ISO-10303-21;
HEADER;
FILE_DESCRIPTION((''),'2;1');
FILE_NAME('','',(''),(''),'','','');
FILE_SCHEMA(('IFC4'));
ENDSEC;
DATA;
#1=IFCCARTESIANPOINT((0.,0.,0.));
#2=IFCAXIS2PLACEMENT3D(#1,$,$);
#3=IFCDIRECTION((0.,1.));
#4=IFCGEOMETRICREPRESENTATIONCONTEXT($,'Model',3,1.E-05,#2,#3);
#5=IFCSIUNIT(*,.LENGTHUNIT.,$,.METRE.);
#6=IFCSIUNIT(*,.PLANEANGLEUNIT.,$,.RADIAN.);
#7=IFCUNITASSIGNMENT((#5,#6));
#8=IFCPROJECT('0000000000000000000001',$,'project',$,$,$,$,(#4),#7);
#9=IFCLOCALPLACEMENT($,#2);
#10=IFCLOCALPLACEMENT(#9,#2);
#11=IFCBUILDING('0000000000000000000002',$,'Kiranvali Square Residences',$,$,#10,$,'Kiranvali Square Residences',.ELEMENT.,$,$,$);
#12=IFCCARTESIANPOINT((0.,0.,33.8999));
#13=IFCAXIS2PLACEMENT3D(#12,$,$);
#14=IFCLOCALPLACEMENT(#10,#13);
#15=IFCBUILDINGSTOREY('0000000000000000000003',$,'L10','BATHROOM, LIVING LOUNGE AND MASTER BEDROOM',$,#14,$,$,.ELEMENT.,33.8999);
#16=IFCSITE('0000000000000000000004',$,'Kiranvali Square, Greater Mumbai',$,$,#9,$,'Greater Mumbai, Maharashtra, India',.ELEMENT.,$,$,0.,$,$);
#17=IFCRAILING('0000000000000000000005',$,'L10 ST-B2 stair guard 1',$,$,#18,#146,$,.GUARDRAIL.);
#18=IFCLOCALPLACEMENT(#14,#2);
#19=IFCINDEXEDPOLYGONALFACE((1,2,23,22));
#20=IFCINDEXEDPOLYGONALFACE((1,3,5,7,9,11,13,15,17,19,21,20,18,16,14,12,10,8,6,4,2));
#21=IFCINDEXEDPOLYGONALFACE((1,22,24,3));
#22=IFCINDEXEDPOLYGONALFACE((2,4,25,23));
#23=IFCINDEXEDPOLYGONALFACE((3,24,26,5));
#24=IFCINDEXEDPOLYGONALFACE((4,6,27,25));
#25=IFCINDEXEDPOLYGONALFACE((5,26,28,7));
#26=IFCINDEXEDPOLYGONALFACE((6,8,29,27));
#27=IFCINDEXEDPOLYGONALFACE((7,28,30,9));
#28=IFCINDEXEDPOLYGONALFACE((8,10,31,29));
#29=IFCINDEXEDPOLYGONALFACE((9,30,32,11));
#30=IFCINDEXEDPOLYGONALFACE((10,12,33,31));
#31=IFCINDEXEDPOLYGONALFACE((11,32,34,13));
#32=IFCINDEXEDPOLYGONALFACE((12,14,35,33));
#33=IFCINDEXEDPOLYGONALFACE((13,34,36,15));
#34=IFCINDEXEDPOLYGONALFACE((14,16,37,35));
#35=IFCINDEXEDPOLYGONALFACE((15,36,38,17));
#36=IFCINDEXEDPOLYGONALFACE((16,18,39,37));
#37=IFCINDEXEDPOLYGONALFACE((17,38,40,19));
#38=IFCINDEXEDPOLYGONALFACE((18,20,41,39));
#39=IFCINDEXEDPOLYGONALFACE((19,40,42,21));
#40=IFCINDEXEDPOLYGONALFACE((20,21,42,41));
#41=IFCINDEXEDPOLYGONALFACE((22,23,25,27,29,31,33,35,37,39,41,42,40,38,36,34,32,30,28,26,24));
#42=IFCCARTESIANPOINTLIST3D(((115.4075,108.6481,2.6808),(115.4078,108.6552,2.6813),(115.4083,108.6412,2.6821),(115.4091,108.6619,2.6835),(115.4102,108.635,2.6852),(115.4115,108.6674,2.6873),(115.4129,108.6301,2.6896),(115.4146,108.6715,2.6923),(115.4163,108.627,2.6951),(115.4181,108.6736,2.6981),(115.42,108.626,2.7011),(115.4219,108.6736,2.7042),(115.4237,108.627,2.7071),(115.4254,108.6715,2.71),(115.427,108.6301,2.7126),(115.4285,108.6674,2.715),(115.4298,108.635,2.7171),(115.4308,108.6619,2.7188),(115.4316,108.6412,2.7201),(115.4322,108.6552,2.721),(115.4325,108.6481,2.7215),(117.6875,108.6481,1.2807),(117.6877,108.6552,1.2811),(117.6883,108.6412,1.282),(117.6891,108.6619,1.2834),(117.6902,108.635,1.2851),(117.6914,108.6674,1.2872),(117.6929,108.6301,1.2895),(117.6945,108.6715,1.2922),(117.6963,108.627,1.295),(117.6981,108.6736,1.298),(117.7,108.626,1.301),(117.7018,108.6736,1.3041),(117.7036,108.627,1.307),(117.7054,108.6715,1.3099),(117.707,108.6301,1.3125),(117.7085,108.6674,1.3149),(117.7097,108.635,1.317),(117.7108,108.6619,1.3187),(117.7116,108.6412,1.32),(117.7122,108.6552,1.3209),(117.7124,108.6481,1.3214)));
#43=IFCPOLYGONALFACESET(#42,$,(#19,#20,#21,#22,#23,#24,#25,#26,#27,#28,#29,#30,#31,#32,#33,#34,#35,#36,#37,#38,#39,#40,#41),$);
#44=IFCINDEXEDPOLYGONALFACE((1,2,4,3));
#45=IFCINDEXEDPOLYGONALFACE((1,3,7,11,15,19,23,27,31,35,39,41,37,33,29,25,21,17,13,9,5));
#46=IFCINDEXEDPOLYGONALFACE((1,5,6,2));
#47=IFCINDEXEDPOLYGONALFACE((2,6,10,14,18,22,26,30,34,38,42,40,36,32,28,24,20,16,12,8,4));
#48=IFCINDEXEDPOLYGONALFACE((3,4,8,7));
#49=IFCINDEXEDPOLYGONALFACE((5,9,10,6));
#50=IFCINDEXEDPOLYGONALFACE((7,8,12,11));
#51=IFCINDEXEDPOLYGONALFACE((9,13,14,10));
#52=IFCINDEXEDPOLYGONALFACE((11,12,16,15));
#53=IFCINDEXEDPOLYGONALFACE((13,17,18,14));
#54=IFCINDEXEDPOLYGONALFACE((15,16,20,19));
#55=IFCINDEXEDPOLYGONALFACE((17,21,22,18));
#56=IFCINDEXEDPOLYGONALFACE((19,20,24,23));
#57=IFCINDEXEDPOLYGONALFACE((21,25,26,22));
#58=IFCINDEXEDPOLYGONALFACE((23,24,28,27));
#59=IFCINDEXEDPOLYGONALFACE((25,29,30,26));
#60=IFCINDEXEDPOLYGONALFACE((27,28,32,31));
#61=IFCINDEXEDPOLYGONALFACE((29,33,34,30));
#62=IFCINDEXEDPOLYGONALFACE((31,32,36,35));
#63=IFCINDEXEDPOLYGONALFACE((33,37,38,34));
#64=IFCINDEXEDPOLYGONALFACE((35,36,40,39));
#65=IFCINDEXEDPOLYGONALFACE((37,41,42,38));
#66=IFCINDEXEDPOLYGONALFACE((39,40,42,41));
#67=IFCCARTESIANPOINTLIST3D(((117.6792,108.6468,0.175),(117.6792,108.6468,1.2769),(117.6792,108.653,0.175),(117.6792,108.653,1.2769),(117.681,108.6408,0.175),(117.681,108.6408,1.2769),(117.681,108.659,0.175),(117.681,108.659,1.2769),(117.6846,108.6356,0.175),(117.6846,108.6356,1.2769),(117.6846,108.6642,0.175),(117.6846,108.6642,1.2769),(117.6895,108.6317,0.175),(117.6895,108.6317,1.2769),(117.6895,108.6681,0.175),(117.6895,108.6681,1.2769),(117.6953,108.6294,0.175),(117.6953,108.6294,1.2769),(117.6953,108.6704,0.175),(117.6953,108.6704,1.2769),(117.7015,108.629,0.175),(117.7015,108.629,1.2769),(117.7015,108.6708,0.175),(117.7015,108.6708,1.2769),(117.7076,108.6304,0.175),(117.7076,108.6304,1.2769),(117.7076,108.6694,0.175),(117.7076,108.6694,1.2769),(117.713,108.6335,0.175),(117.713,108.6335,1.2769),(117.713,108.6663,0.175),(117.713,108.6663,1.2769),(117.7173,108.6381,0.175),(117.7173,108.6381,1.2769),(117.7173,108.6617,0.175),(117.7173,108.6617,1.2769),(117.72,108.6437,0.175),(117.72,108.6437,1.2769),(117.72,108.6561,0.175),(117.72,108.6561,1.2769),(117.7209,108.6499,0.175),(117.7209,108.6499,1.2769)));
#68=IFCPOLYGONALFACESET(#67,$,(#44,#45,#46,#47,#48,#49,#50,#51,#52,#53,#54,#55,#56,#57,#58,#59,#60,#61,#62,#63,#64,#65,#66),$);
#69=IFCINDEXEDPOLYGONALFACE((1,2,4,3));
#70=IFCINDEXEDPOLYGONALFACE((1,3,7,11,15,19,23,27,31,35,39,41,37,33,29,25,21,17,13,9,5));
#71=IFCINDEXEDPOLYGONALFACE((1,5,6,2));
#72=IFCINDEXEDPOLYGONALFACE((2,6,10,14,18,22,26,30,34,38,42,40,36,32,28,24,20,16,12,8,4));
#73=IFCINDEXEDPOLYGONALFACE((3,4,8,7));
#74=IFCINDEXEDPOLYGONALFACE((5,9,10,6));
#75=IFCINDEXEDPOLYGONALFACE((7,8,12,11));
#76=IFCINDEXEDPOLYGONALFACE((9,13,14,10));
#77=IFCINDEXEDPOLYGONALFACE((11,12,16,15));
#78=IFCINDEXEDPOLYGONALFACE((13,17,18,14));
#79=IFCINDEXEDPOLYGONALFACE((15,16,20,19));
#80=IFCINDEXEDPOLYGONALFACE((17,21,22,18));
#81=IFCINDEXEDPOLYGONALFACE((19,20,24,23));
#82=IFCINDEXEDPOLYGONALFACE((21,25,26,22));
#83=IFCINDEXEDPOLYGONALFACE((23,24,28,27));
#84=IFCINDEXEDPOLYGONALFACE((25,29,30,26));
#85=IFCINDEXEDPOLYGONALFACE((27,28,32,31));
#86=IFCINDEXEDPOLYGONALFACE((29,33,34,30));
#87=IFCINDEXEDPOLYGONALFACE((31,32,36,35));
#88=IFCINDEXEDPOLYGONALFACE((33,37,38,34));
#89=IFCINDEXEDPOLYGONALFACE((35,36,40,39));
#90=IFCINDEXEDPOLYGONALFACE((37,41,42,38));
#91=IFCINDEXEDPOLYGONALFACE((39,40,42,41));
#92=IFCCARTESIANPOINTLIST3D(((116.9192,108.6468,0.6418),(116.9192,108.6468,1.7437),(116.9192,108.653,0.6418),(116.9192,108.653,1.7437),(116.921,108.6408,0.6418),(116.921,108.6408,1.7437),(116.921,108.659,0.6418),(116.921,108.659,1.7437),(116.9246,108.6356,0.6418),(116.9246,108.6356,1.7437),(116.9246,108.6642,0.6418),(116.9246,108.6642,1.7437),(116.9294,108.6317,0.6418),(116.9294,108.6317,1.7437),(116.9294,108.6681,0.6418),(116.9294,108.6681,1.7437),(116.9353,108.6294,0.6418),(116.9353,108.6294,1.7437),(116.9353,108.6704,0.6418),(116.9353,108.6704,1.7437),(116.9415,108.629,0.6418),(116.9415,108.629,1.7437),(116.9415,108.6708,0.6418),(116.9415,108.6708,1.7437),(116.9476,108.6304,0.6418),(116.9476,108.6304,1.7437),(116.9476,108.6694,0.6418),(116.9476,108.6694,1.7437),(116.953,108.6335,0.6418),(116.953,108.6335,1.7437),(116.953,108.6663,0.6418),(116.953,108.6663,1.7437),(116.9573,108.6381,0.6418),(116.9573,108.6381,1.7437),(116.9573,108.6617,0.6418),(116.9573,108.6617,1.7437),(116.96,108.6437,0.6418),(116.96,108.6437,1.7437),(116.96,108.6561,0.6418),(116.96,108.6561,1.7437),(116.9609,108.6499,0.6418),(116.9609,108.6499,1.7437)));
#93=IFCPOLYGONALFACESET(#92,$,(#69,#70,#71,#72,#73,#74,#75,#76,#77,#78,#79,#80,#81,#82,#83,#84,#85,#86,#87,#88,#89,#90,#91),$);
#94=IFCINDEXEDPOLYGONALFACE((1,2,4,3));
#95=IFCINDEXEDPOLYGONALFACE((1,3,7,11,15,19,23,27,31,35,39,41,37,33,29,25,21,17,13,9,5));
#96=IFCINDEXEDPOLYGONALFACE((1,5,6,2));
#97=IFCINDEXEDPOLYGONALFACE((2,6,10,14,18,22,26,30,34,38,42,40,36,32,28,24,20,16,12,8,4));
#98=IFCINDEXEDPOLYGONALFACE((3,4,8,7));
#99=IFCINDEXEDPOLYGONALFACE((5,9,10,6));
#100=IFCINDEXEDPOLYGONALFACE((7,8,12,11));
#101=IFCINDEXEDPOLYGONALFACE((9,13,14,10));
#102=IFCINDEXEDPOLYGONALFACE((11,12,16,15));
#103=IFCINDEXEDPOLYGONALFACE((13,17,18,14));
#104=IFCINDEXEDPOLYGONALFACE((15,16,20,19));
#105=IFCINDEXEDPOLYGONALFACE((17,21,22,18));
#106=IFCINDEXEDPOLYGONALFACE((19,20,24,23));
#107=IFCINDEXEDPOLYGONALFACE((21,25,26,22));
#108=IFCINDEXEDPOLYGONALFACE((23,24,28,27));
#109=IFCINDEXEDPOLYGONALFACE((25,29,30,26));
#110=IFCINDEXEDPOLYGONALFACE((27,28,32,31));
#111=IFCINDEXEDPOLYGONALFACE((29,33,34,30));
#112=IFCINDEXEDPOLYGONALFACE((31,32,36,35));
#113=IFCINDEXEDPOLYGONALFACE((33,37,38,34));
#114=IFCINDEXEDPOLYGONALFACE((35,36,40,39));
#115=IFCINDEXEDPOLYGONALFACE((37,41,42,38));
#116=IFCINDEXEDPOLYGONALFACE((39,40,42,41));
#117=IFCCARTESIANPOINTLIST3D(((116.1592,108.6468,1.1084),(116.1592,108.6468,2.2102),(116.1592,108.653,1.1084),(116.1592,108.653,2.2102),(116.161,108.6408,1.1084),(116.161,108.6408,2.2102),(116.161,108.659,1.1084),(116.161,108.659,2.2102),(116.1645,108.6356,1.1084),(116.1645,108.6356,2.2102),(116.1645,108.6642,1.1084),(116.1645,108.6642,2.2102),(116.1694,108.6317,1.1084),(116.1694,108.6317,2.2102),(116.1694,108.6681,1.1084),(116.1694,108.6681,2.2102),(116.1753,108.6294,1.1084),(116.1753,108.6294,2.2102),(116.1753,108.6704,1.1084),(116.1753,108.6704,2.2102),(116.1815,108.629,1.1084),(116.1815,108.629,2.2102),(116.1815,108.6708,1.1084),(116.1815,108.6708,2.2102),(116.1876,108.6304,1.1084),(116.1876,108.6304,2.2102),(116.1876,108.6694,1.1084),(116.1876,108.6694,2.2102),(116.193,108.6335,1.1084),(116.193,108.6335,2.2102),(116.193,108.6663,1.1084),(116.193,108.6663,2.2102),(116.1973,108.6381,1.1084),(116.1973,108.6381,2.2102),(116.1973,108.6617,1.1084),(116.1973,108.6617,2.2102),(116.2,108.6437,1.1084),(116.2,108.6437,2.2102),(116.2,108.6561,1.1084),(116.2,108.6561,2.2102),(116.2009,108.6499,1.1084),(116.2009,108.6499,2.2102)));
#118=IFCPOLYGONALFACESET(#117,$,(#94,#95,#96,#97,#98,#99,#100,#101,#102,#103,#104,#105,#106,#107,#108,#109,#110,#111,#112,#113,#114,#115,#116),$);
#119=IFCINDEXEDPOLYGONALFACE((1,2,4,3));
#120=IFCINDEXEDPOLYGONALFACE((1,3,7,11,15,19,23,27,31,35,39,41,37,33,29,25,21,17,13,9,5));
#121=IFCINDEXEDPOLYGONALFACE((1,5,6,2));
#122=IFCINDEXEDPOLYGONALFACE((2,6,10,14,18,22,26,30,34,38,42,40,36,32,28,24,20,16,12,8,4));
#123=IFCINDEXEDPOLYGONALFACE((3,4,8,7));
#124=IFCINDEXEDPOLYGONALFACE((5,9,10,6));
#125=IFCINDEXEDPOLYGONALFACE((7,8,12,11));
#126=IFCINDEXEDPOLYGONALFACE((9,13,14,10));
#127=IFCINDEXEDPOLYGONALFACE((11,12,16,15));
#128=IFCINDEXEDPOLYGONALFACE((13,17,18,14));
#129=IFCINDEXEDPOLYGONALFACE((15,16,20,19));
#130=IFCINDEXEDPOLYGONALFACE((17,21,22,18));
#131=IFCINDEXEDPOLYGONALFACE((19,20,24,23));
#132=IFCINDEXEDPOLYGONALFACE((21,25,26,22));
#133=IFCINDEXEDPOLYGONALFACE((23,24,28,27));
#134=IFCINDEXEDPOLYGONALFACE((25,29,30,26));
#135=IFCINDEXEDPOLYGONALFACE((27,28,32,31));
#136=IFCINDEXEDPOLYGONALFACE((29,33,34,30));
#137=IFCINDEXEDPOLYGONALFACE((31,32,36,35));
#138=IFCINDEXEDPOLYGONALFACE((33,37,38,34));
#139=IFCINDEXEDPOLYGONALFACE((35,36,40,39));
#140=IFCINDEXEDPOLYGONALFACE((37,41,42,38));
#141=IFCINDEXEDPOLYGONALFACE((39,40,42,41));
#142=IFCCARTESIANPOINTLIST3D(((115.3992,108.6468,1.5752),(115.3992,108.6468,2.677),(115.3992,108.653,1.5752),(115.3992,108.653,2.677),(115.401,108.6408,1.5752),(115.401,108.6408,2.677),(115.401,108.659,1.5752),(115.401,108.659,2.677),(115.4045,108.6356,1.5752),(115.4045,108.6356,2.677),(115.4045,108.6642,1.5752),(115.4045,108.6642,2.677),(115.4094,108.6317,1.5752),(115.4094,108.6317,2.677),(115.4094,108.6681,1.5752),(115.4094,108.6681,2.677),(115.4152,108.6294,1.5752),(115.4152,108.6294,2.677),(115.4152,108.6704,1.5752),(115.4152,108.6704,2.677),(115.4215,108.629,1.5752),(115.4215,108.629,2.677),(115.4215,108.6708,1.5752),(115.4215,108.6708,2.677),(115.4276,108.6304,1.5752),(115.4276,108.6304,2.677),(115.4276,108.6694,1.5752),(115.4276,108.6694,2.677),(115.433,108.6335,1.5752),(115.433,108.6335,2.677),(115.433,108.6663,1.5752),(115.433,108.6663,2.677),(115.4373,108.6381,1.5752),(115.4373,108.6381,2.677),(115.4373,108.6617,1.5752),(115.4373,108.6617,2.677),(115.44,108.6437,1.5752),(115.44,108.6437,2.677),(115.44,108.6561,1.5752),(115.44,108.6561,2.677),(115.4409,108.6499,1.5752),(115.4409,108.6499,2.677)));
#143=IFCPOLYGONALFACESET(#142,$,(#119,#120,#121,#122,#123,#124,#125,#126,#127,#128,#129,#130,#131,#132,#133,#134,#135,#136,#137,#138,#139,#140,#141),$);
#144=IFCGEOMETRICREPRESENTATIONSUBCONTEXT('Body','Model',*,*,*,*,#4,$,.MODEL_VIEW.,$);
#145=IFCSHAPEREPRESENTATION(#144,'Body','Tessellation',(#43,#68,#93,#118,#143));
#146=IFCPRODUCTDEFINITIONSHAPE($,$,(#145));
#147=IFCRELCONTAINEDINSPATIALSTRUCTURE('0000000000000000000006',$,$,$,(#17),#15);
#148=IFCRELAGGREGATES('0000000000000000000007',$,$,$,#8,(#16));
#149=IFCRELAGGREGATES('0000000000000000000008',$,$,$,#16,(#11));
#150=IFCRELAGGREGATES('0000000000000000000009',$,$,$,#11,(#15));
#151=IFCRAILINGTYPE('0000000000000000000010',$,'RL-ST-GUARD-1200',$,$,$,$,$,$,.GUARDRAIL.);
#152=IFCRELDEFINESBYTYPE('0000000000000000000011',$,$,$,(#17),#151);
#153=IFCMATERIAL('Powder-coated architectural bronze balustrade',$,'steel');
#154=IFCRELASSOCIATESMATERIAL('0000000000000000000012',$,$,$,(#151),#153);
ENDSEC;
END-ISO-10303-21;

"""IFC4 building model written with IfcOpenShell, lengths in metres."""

from ifc_helpers import new_model, si_unit, direction, frame, origin, origin_2d, place, context, subcontext, project, spatial, circle, extrude, material, type_object, element, save


model = new_model("IFC4")

# Units and contexts
model_context = context("Model", 3, precision=1e-05, world=origin(), true_north=direction((0.0, 1.0)))
body_context = subcontext(model_context, "Body", "Model", "MODEL_VIEW")
ifc_project = project(units=[si_unit("LENGTHUNIT", "METRE"), si_unit("PLANEANGLEUNIT", "RADIAN")], contexts=[model_context])

# Site, building, storey
site_placement = place(None, origin())
site = spatial("IfcSite", under=ifc_project, at=site_placement, Name="Kiranvali Square, Greater Mumbai", LongName="Greater Mumbai, Maharashtra, India", CompositionType="ELEMENT", RefElevation=0.0)
building_placement = place(site_placement, origin())
building = spatial("IfcBuilding", under=site, at=building_placement, Name="Kiranvali Square Residences", LongName="Kiranvali Square Residences", CompositionType="ELEMENT")
storey_placement = place(building_placement, frame((0.0, 0.0, 33.8999)))
storey = spatial("IfcBuildingStorey", under=building, at=storey_placement, Name="L10", Description="BATHROOM, LIVING LOUNGE AND MASTER BEDROOM", CompositionType="ELEMENT", Elevation=33.8999)

# Railing
ifc_material_1 = material(Name="Powder-coated architectural bronze balustrade", Category="steel")
railing_type_1 = type_object("IfcRailingType", Name="RL-ST-GUARD-1200", PredefinedType="GUARDRAIL", material=ifc_material_1)
railing_1_placement = place(storey_placement, frame((117.7, 108.6499, 0.175)))
element("IfcRailing", 1, at=railing_1_placement, inside=storey, type_object=railing_type_1, Name="L10 ST-B2 stair guard 1", PredefinedType="GUARDRAIL", context=body_context, shape_type="SweptSolid", body=[
    extrude(circle(Radius=0.0239, at=origin_2d()), frame((0.0, 0.0, 1.126), z_axis=(-0.85215, 0.0, 0.523298), x_axis=(0.0, -1.0, 0.0)), (0.0, 0.0, 1.0), 2.6755),
    extrude(circle(Radius=0.021, at=origin_2d()), origin(), (0.0, 0.0, 1.0), 1.1018),
    extrude(circle(Radius=0.021, at=origin_2d()), frame((-0.76, 0.0, 0.4668)), (0.0, 0.0, 1.0), 1.1018),
    extrude(circle(Radius=0.021, at=origin_2d()), frame((-1.52, 0.0, 0.9333)), (0.0, 0.0, 1.0), 1.1018),
    extrude(circle(Radius=0.021, at=origin_2d()), frame((-2.28, 0.0, 1.4001)), (0.0, 0.0, 1.0), 1.1018),
])

save(model, "model.ifc")
